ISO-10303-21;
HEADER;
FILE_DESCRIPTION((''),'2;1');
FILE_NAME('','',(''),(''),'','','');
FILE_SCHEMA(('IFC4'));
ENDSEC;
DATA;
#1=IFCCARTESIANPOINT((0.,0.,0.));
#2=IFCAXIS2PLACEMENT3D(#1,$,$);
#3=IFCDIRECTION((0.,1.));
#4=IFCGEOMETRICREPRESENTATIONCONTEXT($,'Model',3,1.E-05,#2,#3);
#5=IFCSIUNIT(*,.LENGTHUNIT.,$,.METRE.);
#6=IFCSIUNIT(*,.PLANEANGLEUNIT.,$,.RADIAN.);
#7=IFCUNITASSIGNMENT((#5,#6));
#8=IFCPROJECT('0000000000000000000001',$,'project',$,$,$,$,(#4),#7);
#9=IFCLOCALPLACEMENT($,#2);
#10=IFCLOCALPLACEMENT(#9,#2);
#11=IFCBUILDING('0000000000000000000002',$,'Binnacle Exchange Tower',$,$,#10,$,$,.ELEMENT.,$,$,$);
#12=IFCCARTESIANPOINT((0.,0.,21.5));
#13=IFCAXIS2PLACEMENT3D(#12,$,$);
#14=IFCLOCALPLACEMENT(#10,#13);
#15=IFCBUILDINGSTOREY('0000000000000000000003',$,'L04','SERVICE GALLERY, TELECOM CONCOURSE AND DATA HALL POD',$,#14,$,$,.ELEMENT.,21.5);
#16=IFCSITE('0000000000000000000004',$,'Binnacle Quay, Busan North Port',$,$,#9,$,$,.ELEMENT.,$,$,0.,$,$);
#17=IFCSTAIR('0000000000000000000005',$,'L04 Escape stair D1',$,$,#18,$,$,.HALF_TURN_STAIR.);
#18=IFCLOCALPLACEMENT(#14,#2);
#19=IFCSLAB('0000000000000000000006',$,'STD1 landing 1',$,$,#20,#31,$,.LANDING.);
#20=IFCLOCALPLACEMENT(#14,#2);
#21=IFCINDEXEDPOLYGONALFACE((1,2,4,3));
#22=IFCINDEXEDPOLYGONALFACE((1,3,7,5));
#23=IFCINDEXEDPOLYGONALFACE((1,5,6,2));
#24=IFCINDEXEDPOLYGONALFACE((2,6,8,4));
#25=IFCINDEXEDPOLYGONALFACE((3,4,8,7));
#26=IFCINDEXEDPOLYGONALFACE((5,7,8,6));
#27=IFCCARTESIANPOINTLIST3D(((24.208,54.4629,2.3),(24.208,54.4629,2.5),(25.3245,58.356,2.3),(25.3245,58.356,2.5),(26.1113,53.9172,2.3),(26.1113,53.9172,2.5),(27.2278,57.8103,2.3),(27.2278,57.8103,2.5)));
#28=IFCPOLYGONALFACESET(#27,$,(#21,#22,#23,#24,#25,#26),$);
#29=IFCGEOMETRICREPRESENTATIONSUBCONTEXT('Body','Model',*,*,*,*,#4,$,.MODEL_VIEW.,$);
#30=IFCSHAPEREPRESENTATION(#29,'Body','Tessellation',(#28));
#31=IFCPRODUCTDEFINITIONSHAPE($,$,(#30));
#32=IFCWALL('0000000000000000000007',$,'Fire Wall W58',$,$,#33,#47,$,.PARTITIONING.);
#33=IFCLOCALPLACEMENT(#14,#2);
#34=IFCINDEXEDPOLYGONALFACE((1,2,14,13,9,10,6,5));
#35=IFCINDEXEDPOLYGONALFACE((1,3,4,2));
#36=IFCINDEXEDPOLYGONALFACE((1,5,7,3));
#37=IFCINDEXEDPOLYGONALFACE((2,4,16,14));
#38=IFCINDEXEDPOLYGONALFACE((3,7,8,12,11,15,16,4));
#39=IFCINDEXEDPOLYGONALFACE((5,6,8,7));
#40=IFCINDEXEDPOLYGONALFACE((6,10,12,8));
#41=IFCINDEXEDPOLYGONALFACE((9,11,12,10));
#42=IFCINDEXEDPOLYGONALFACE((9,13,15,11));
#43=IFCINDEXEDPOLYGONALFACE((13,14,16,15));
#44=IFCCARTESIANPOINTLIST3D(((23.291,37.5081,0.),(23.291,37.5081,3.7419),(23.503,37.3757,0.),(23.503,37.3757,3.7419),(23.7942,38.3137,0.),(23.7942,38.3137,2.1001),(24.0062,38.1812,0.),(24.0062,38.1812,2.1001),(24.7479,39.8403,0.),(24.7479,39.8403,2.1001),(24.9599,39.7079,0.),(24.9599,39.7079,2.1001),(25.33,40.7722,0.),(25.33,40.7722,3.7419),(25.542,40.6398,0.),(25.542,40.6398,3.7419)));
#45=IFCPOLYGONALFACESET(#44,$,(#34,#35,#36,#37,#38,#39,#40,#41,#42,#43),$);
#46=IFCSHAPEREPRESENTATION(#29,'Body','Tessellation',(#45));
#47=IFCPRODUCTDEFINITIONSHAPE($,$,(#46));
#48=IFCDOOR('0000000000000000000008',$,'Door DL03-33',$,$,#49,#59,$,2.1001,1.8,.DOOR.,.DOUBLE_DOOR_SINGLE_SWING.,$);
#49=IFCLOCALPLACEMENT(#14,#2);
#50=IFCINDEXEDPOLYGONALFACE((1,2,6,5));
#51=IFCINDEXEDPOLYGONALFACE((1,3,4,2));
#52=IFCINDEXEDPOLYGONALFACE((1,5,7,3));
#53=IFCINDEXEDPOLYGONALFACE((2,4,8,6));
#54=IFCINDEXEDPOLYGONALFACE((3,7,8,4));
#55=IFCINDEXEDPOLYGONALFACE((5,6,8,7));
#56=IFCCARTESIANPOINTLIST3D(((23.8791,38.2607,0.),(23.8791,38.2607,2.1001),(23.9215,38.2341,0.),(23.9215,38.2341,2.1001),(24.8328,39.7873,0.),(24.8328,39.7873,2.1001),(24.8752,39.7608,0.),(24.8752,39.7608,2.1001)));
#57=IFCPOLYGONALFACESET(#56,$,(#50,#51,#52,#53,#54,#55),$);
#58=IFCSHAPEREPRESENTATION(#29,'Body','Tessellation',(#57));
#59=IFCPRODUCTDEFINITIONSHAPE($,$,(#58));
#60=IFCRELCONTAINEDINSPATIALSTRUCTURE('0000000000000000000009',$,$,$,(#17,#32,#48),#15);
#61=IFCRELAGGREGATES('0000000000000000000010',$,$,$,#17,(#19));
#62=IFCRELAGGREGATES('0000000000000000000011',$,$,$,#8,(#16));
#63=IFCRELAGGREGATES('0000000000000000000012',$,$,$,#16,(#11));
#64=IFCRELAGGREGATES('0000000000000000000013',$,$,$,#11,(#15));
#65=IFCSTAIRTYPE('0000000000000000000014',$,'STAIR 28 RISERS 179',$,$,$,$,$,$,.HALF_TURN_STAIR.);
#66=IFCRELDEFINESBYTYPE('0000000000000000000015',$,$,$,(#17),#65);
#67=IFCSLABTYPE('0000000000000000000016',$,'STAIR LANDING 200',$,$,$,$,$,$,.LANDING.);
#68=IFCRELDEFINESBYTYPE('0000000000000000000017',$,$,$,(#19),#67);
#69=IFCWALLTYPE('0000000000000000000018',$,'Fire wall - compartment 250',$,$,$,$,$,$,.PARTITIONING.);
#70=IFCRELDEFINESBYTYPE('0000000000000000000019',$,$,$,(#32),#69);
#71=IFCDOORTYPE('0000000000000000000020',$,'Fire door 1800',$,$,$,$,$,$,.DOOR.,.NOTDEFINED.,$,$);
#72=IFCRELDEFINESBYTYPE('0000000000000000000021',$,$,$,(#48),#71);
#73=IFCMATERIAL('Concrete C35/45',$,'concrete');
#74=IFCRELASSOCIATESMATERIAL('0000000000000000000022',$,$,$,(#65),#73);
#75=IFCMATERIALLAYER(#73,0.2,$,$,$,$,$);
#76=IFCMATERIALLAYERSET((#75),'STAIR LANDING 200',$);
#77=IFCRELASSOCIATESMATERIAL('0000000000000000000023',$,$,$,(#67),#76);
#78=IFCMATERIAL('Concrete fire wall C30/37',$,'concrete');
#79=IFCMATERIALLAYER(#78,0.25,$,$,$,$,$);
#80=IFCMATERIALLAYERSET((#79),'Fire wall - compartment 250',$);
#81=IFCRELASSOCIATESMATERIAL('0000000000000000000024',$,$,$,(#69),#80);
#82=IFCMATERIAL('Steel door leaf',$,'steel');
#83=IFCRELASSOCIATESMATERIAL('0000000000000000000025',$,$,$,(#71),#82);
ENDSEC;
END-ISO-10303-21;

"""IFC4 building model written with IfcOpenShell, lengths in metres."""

from ifc_helpers import new_model, si_unit, direction, frame, frame_2d, origin, place, context, subcontext, project, spatial, polyline, rectangle, outline, extrude, material, layer, layer_set, type_object, element, fill, aggregate, save


model = new_model("IFC4")

# Units and contexts
model_context = context("Model", 3, precision=1e-05, world=origin(), true_north=direction((0.0, 1.0)))
body_context = subcontext(model_context, "Body", "Model", "MODEL_VIEW")
ifc_project = project(units=[si_unit("LENGTHUNIT", "METRE"), si_unit("PLANEANGLEUNIT", "RADIAN")], contexts=[model_context])

# Site, building, storey
site_placement = place(None, origin())
site = spatial("IfcSite", under=ifc_project, at=site_placement, Name="Binnacle Quay, Busan North Port", CompositionType="ELEMENT", RefElevation=0.0)
building_placement = place(site_placement, origin())
building = spatial("IfcBuilding", under=site, at=building_placement, Name="Binnacle Exchange Tower", CompositionType="ELEMENT")
storey_placement = place(building_placement, frame((0.0, 0.0, 21.5)))
storey = spatial("IfcBuildingStorey", under=building, at=storey_placement, Name="L04", Description="SERVICE GALLERY, TELECOM CONCOURSE AND DATA HALL POD", CompositionType="ELEMENT", Elevation=21.5)

# Shared definitions
ifc_material_1 = material(Name="Concrete C35/45", Category="concrete")

# Stair, slab
stair_type = type_object("IfcStairType", Name="STAIR 28 RISERS 179", PredefinedType="HALF_TURN_STAIR", material=ifc_material_1)
ifc_layer_1 = layer(ifc_material_1, 0.2)
ifc_layer_set_1 = layer_set([ifc_layer_1], Name="STAIR LANDING 200")
slab_type_1 = type_object("IfcSlabType", Name="STAIR LANDING 200", PredefinedType="LANDING", material=ifc_layer_set_1)
stair_1_placement = place(storey_placement, origin())
stair_1 = element("IfcStair", 1, at=stair_1_placement, inside=storey, type_object=stair_type, Name="L04 Escape stair D1", PredefinedType="HALF_TURN_STAIR")
slab_1_placement = place(storey_placement, frame((0.0, 0.0, 2.3)))
slab_1 = element("IfcSlab", 2, at=slab_1_placement, type_object=slab_type_1, Name="STD1 landing 1", PredefinedType="LANDING", context=body_context, shape_type="SweptSolid", body=[
    extrude(outline(polyline([(24.208, 54.4629), (26.1113, 53.9172), (27.2278, 57.8103), (25.3245, 58.356), (24.208, 54.4629)])), origin(), (0.0, 0.0, 1.0), 0.2),
])
aggregate(stair_1, [slab_1])

# Wall, opening, door
ifc_material_2 = material(Name="Concrete fire wall C30/37", Category="concrete")
ifc_layer_2 = layer(ifc_material_2, 0.25)
ifc_layer_set_2 = layer_set([ifc_layer_2], Name="Fire wall - compartment 250")
wall_type = type_object("IfcWallType", Name="Fire wall - compartment 250", PredefinedType="PARTITIONING", material=ifc_layer_set_2)
wall_placement = place(storey_placement, frame((23.397, 37.4419, 0.0), z_axis=(0.0, 0.0, 1.0), x_axis=(0.529805, 0.848119, 0.0)))
wall = element("IfcWall", 3, at=wall_placement, inside=storey, type_object=wall_type, Name="Fire Wall W58", PredefinedType="PARTITIONING", context=body_context, shape_type="SweptSolid", body=[
    extrude(rectangle(XDim=3.8486, YDim=0.25, at=frame_2d((1.9243, 0.0))), origin(), (0.0, 0.0, 1.0), 3.7419),
])
opening_placement = place(wall_placement, frame((0.95, 0.0, 0.0)))
opening = element("IfcOpeningElement", 4, at=opening_placement, cuts=wall, PredefinedType="OPENING", context=body_context, shape_type="SweptSolid", body=[
    extrude(rectangle(XDim=1.8, YDim=2.1001, at=frame_2d((0.8999, 1.05))), frame((0.0, 0.135, 0.0), z_axis=(0.0, -1.0, 0.0), x_axis=(1.0, 0.0, 0.0)), (0.0, 0.0, 1.0), 0.27),
])
ifc_material_3 = material(Name="Steel door leaf", Category="steel")
door_type = type_object("IfcDoorType", Name="Fire door 1800", OperationType="NOTDEFINED", PredefinedType="DOOR", material=ifc_material_3)
door_placement = place(opening_placement, origin())
door = element("IfcDoor", 5, at=door_placement, inside=storey, type_object=door_type, Name="Door DL03-33", OperationType="DOUBLE_DOOR_SINGLE_SWING", OverallHeight=2.1001, OverallWidth=1.8, PredefinedType="DOOR", context=body_context, shape_type="SweptSolid", body=[
    extrude(rectangle(XDim=1.8, YDim=2.1001, at=frame_2d((0.8999, 1.05))), frame((0.0, 0.0249, 0.0), z_axis=(0.0, -1.0, 0.0), x_axis=(1.0, 0.0, 0.0)), (0.0, 0.0, 1.0), 0.05),
])
fill(opening, door)

save(model, "model.ifc")
